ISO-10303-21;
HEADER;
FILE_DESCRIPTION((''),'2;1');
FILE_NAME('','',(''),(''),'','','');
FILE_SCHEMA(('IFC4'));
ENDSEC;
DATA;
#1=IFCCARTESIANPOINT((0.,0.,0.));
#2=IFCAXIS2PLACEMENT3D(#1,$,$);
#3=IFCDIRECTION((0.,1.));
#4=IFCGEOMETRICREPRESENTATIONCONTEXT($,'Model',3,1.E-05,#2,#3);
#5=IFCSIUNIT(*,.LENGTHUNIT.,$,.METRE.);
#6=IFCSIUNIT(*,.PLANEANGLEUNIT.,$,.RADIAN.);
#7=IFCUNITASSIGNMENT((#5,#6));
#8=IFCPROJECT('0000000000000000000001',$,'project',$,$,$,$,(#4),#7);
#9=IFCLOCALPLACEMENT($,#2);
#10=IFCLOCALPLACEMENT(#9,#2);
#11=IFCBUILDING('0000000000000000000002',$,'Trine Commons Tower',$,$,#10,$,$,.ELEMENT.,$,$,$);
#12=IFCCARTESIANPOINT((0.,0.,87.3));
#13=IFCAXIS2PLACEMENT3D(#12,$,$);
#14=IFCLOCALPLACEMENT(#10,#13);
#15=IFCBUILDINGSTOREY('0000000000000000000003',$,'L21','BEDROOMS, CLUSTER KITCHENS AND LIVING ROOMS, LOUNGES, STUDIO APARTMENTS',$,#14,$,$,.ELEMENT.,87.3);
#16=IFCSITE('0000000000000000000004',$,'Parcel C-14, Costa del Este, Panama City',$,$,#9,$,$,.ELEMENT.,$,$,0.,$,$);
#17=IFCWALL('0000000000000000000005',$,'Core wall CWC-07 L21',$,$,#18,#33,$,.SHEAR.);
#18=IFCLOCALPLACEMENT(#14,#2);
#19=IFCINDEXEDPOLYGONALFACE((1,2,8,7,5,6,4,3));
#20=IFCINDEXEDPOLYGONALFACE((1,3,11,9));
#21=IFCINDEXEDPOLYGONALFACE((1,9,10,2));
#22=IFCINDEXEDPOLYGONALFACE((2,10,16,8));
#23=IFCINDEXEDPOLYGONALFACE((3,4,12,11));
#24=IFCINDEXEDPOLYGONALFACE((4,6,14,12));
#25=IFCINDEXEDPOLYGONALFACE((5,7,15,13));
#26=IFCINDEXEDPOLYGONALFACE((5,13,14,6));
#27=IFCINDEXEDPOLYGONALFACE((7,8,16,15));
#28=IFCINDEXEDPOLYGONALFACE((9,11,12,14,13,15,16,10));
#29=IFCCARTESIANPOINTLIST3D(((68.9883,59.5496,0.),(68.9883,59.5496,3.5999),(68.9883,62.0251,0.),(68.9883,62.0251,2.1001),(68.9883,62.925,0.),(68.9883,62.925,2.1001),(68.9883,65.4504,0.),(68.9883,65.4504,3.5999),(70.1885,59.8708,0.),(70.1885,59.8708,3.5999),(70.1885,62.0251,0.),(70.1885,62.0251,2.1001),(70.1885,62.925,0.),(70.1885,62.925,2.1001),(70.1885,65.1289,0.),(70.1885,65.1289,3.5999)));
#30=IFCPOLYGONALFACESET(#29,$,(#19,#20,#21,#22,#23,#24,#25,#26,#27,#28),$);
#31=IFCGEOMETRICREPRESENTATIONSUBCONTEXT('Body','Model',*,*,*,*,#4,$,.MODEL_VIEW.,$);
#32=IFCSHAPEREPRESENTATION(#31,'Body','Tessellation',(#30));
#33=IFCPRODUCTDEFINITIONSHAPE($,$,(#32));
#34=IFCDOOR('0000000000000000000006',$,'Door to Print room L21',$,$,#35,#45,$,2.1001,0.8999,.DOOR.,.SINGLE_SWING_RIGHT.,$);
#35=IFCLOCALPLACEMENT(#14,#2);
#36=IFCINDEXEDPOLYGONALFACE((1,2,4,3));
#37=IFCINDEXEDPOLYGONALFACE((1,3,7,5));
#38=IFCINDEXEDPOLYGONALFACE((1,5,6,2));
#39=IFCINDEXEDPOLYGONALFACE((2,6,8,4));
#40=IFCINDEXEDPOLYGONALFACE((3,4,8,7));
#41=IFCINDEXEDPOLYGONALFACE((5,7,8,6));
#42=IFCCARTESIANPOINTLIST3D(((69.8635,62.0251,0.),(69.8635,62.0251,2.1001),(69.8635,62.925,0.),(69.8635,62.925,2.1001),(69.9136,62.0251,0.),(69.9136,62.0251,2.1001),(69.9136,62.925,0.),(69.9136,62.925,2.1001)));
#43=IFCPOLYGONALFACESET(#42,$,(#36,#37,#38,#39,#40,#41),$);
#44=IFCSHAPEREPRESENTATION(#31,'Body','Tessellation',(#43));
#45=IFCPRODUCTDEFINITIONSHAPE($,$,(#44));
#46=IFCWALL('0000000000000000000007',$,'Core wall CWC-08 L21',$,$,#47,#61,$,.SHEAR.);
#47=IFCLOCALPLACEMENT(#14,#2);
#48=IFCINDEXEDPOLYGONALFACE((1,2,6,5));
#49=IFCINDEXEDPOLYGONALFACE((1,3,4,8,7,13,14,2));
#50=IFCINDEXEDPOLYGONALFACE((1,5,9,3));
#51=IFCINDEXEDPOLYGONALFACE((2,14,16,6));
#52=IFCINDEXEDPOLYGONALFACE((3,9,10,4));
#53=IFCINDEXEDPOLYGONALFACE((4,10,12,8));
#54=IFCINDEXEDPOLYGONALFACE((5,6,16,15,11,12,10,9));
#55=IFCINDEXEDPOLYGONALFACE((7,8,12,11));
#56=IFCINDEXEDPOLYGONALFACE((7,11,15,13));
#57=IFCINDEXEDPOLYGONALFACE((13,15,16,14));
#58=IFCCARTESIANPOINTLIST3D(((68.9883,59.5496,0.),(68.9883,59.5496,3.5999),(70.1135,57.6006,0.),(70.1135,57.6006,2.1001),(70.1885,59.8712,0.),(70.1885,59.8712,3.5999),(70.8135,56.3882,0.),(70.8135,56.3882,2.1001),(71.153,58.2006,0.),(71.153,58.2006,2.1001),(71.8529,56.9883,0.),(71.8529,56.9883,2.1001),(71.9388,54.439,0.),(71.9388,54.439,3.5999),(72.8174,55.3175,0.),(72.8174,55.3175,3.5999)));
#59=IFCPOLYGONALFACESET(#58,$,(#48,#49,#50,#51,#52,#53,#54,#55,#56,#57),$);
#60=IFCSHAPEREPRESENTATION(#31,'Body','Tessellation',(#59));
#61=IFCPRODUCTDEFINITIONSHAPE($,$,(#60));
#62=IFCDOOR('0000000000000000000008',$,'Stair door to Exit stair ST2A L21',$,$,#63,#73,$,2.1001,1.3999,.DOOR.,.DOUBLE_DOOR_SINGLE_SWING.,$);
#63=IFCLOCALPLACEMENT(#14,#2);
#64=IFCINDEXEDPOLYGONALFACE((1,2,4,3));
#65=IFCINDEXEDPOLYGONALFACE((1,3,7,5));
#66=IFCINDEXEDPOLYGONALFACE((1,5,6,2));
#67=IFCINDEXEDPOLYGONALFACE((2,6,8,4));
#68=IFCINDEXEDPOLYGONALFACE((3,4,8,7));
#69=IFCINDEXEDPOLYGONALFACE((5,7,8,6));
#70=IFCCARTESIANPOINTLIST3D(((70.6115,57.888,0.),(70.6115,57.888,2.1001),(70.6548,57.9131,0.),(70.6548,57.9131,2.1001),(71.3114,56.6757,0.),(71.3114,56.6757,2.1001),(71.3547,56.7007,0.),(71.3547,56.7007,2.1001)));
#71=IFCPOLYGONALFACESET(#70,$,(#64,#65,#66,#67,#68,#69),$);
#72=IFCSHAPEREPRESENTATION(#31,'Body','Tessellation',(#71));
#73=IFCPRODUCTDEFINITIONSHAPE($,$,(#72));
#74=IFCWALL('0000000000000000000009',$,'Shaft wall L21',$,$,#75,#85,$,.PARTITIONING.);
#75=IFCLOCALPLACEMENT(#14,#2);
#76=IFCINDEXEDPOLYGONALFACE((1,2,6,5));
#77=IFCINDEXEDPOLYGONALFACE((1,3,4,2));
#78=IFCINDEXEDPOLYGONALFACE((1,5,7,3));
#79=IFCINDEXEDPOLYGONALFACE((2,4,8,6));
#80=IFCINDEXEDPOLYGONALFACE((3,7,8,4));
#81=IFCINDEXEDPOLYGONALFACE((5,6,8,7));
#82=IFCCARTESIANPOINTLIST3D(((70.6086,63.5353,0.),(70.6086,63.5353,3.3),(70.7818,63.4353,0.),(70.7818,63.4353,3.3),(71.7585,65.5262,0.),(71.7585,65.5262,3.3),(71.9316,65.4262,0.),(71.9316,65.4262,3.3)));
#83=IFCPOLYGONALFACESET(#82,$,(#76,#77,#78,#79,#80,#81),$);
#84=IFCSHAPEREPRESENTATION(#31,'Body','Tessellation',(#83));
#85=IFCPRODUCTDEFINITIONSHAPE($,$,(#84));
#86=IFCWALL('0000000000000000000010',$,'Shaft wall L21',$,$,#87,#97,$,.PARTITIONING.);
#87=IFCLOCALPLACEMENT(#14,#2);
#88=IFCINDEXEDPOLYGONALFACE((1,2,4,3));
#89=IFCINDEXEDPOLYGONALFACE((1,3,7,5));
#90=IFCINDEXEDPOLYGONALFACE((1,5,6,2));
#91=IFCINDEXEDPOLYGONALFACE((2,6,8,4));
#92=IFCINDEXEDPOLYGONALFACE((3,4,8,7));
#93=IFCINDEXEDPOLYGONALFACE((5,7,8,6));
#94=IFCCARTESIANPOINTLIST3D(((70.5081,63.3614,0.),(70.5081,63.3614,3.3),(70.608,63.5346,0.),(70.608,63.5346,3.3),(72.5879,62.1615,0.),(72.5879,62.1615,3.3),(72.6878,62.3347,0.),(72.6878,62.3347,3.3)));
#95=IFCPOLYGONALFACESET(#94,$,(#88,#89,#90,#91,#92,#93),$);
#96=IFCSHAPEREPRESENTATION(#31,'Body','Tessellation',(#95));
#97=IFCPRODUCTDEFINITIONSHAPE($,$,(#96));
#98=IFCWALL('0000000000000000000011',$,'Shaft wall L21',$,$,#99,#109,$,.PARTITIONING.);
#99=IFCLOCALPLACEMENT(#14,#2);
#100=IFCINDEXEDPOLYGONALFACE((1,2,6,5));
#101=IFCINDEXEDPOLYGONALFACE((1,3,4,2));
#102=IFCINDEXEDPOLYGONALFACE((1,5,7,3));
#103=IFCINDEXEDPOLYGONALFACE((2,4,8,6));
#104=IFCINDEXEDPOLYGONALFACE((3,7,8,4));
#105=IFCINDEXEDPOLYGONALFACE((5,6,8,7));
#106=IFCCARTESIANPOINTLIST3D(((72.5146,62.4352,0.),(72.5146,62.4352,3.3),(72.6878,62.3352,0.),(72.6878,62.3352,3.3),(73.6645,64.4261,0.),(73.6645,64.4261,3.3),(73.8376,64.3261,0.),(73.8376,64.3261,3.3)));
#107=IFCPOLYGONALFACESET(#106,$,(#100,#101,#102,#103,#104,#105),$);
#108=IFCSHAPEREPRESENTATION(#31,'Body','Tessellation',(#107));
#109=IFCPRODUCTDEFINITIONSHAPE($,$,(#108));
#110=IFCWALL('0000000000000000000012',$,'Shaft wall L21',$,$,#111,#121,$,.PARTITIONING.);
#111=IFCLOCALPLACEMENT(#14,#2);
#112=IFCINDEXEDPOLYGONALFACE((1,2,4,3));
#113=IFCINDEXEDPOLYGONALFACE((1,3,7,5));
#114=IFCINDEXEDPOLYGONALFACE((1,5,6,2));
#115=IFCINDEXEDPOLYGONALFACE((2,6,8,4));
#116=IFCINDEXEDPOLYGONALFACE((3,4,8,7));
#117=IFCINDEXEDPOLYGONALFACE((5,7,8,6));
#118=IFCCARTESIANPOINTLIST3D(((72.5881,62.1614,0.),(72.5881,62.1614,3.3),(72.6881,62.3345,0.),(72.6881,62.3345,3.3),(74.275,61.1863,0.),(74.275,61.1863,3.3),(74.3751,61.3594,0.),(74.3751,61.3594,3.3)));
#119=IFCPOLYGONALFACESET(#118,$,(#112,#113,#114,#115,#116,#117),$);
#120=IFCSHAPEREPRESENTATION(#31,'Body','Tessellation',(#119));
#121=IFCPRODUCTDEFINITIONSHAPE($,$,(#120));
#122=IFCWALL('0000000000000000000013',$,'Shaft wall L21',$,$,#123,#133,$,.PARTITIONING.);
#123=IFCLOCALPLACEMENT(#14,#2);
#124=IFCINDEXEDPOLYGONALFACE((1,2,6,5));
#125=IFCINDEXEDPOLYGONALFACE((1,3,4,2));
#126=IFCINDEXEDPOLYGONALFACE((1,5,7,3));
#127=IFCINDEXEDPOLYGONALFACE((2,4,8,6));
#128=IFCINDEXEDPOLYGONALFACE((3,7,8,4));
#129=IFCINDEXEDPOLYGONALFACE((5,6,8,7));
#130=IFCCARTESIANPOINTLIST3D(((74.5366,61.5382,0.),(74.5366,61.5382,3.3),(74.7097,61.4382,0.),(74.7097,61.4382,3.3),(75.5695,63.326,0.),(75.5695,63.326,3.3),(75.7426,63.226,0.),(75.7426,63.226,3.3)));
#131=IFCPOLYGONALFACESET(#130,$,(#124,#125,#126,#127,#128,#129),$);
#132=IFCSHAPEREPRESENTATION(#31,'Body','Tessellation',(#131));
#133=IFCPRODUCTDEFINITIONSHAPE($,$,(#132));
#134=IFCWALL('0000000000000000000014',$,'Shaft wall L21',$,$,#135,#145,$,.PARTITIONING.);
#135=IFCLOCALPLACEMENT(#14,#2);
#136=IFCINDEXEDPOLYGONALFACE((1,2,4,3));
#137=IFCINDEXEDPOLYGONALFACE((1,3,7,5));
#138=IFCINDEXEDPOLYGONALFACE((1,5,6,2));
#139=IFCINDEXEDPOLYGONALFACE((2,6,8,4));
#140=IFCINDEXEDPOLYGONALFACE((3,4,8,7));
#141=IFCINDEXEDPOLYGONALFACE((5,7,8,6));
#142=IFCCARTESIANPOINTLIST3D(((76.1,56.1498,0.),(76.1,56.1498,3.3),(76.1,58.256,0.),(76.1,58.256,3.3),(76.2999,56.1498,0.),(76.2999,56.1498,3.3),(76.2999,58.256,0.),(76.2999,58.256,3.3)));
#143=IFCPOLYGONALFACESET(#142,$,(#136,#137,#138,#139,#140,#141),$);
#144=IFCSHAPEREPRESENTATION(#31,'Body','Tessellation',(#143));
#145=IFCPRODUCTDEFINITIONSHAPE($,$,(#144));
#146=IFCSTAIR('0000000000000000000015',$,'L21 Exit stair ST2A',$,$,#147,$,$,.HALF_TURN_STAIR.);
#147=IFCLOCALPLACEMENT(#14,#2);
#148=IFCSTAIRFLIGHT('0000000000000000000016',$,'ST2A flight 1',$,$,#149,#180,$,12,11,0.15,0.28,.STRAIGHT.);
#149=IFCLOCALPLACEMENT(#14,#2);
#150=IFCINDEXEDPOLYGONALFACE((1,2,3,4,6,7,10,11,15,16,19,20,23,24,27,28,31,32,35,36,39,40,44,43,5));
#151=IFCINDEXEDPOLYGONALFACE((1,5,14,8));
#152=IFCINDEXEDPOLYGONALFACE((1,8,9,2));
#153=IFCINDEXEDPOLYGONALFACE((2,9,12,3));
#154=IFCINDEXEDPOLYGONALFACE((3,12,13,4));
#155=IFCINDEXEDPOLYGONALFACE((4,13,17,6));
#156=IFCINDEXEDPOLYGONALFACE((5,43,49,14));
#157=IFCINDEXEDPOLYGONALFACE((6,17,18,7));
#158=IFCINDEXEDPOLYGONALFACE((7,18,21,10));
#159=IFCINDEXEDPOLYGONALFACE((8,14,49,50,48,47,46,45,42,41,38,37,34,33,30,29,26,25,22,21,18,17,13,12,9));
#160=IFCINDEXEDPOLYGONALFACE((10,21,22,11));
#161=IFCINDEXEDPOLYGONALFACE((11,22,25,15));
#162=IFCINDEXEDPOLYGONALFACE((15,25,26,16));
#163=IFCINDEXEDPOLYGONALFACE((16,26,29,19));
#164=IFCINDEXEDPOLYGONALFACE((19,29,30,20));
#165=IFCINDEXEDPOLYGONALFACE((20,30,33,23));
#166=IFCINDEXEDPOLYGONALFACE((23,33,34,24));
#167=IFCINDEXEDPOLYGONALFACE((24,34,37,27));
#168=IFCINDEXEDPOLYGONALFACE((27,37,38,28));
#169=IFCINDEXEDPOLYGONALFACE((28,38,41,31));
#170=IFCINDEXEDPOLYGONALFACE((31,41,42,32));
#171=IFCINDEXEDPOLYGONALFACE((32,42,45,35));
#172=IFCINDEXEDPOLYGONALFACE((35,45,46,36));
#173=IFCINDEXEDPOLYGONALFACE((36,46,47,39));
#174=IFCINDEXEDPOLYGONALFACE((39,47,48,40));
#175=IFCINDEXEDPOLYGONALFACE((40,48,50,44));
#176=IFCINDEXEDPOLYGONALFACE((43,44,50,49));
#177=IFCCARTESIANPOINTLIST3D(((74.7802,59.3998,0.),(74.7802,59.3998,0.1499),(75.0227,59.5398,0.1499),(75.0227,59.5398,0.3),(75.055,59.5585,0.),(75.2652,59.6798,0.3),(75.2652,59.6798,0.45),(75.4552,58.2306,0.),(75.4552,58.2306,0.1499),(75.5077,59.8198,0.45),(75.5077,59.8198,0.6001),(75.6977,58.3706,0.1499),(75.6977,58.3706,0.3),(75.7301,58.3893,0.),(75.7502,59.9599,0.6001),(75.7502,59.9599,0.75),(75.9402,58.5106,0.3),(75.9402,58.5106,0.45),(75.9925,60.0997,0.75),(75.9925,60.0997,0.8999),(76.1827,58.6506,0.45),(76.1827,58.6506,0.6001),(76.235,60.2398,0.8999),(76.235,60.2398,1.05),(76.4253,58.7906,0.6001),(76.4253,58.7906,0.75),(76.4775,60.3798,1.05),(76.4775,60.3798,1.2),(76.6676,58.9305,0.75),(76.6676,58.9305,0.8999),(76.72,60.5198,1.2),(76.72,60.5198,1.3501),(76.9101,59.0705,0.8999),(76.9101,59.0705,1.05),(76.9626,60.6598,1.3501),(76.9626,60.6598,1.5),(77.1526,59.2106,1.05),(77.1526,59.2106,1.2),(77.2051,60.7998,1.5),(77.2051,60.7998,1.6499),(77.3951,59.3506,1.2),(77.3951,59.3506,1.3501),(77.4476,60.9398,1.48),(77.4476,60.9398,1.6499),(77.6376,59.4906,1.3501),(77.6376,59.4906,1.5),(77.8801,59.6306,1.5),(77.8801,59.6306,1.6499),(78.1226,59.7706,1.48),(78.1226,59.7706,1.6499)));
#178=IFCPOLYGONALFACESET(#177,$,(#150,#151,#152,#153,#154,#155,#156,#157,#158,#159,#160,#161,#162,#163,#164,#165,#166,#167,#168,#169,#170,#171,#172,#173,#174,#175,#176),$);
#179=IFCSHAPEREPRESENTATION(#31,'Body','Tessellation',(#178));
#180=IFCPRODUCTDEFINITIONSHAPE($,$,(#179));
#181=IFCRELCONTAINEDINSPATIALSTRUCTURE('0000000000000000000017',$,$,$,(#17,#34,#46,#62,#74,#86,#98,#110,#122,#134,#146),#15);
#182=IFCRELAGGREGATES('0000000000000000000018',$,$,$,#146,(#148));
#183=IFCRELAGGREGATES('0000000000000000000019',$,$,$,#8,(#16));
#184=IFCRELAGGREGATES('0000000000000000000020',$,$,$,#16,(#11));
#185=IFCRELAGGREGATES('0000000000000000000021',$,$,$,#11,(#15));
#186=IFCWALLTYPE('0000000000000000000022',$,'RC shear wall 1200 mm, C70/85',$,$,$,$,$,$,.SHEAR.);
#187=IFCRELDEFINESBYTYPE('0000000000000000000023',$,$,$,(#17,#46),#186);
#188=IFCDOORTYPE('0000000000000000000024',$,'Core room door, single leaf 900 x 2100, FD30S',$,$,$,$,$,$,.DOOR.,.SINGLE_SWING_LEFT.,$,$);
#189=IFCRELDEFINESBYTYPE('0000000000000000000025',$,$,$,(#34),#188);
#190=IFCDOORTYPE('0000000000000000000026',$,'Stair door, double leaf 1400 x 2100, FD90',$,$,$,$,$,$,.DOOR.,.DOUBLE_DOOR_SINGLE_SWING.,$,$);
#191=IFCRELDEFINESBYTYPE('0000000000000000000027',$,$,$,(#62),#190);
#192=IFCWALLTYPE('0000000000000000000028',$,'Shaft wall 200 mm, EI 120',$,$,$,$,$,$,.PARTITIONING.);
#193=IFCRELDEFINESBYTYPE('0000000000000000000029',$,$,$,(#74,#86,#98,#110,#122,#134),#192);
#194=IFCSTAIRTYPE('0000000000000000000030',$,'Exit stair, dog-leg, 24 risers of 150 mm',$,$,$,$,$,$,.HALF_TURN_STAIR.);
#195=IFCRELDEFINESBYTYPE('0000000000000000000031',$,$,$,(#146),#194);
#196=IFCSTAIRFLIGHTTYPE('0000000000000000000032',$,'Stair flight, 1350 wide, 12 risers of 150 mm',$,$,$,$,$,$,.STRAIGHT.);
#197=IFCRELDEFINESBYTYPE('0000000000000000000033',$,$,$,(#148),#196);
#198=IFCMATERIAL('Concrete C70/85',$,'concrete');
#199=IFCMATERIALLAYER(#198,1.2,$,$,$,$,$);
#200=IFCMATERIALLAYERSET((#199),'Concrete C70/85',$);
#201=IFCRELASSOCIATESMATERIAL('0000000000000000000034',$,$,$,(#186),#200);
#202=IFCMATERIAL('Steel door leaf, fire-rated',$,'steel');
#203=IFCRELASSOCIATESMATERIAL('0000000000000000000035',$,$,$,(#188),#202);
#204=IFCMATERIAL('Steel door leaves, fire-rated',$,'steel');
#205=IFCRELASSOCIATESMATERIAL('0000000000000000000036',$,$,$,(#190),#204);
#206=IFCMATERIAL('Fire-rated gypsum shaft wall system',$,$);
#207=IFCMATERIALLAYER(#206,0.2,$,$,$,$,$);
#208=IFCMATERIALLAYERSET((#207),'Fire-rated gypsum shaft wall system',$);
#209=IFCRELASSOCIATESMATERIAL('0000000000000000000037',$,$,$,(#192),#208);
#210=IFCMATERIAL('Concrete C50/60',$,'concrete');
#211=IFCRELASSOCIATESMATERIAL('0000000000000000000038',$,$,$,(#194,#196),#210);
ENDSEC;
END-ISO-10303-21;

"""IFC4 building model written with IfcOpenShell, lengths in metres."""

from ifc_helpers import new_model, si_unit, direction, frame, frame_2d, origin, place, context, subcontext, project, spatial, polyline, rectangle, outline, extrude, material, layer, layer_set, type_object, element, fill, aggregate, save


model = new_model("IFC4")

# Units and contexts
model_context = context("Model", 3, precision=1e-05, world=origin(), true_north=direction((0.0, 1.0)))
body_context = subcontext(model_context, "Body", "Model", "MODEL_VIEW")
ifc_project = project(units=[si_unit("LENGTHUNIT", "METRE"), si_unit("PLANEANGLEUNIT", "RADIAN")], contexts=[model_context])

# Site, building, storey
site_placement = place(None, origin())
site = spatial("IfcSite", under=ifc_project, at=site_placement, Name="Parcel C-14, Costa del Este, Panama City", CompositionType="ELEMENT", RefElevation=0.0)
building_placement = place(site_placement, origin())
building = spatial("IfcBuilding", under=site, at=building_placement, Name="Trine Commons Tower", CompositionType="ELEMENT")
storey_placement = place(building_placement, frame((0.0, 0.0, 87.3)))
storey = spatial("IfcBuildingStorey", under=building, at=storey_placement, Name="L21", Description="BEDROOMS, CLUSTER KITCHENS AND LIVING ROOMS, LOUNGES, STUDIO APARTMENTS", CompositionType="ELEMENT", Elevation=87.3)

# Walls, openings, doors
ifc_material_1 = material(Name="Concrete C70/85", Category="concrete")
ifc_layer_1 = layer(ifc_material_1, 1.2)
ifc_layer_set_1 = layer_set([ifc_layer_1], Name="Concrete C70/85")
wall_type_1 = type_object("IfcWallType", Name="RC shear wall 1200 mm, C70/85", PredefinedType="SHEAR", material=ifc_layer_set_1)
wall_1_placement = place(storey_placement, frame((69.5884, 65.4504, 0.0), z_axis=(0.0, 0.0, 1.0), x_axis=(0.0, -1.0, 0.0)))
wall_1 = element("IfcWall", 1, at=wall_1_placement, inside=storey, type_object=wall_type_1, Name="Core wall CWC-07 L21", PredefinedType="SHEAR", context=body_context, shape_type="SweptSolid", body=[
    extrude(outline(polyline([(0.0, -0.6001), (5.9009, -0.6001), (5.5796, 0.6001), (0.3215, 0.6001), (0.0, -0.6001)])), origin(), (0.0, 0.0, 1.0), 3.5999),
])
opening_1_placement = place(wall_1_placement, frame((2.5254, 0.0, 0.0)))
opening_1 = element("IfcOpeningElement", 2, at=opening_1_placement, cuts=wall_1, PredefinedType="OPENING", context=body_context, shape_type="SweptSolid", body=[
    extrude(rectangle(XDim=0.8999, YDim=2.1001, at=frame_2d((0.45, 1.05))), frame((0.0, 0.6099, 0.0), z_axis=(0.0, -1.0, 0.0), x_axis=(1.0, 0.0, 0.0)), (0.0, 0.0, 1.0), 1.22),
])
ifc_material_2 = material(Name="Steel door leaf, fire-rated", Category="steel")
door_type_1 = type_object("IfcDoorType", Name="Core room door, single leaf 900 x 2100, FD30S", OperationType="SINGLE_SWING_LEFT", PredefinedType="DOOR", material=ifc_material_2)
door_1_placement = place(opening_1_placement, origin())
door_1 = element("IfcDoor", 3, at=door_1_placement, inside=storey, type_object=door_type_1, Name="Door to Print room L21", OperationType="SINGLE_SWING_RIGHT", OverallHeight=2.1001, OverallWidth=0.8999, PredefinedType="DOOR", context=body_context, shape_type="SweptSolid", body=[
    extrude(rectangle(XDim=0.8999, YDim=2.1001, at=frame_2d((0.45, 1.05))), frame((0.0, 0.3252, 0.0), z_axis=(0.0, -1.0, 0.0), x_axis=(1.0, 0.0, 0.0)), (0.0, 0.0, 1.0), 0.05),
])
fill(opening_1, door_1)
wall_2_placement = place(storey_placement, frame((69.5081, 59.8496, 0.0), z_axis=(0.0, 0.0, 1.0), x_axis=(0.499979, -0.866037, 0.0)))
wall_2 = element("IfcWall", 4, at=wall_2_placement, inside=storey, type_object=wall_type_1, Name="Core wall CWC-08 L21", PredefinedType="SHEAR", context=body_context, shape_type="SweptSolid", body=[
    extrude(outline(polyline([(0.0, -0.6001), (5.9011, -0.6001), (5.5796, 0.6001), (0.3215, 0.6001), (0.0, -0.6001)])), origin(), (0.0, 0.0, 1.0), 3.5999),
])
opening_2_placement = place(wall_2_placement, frame((2.2505, 0.0, 0.0)))
opening_2 = element("IfcOpeningElement", 5, at=opening_2_placement, cuts=wall_2, PredefinedType="OPENING", context=body_context, shape_type="SweptSolid", body=[
    extrude(rectangle(XDim=1.3999, YDim=2.1001, at=frame_2d((0.7, 1.05))), frame((0.0, 0.6099, 0.0), z_axis=(0.0, -1.0, 0.0), x_axis=(1.0, 0.0, 0.0)), (0.0, 0.0, 1.0), 1.22),
])
ifc_material_3 = material(Name="Steel door leaves, fire-rated", Category="steel")
door_type_2 = type_object("IfcDoorType", Name="Stair door, double leaf 1400 x 2100, FD90", OperationType="DOUBLE_DOOR_SINGLE_SWING", PredefinedType="DOOR", material=ifc_material_3)
door_2_placement = place(opening_2_placement, origin())
door_2 = element("IfcDoor", 6, at=door_2_placement, inside=storey, type_object=door_type_2, Name="Stair door to Exit stair ST2A L21", OperationType="DOUBLE_DOOR_SINGLE_SWING", OverallHeight=2.1001, OverallWidth=1.3999, PredefinedType="DOOR", context=body_context, shape_type="SweptSolid", body=[
    extrude(rectangle(XDim=1.3999, YDim=2.1001, at=frame_2d((0.7, 1.05))), frame((0.0, 0.0249, 0.0), z_axis=(0.0, -1.0, 0.0), x_axis=(1.0, 0.0, 0.0)), (0.0, 0.0, 1.0), 0.05),
])
fill(opening_2, door_2)

# Walls
ifc_material_4 = material(Name="Fire-rated gypsum shaft wall system")
ifc_layer_2 = layer(ifc_material_4, 0.2)
ifc_layer_set_2 = layer_set([ifc_layer_2], Name="Fire-rated gypsum shaft wall system")
wall_type_2 = type_object("IfcWallType", Name="Shaft wall 200 mm, EI 120", PredefinedType="PARTITIONING", material=ifc_layer_set_2)
wall_3_placement = place(storey_placement, frame((71.845, 65.4761, 0.0), z_axis=(0.0, 0.0, 1.0), x_axis=(-0.500136, -0.865947, 0.0)))
element("IfcWall", 7, at=wall_3_placement, inside=storey, type_object=wall_type_2, Name="Shaft wall L21", PredefinedType="PARTITIONING", context=body_context, shape_type="SweptSolid", body=[
    extrude(rectangle(XDim=2.2991, YDim=0.2, at=frame_2d((1.1494, 0.0))), origin(), (0.0, 0.0, 1.0), 3.3),
])
wall_4_placement = place(storey_placement, frame((72.6379, 62.248, 0.0), z_axis=(0.0, 0.0, 1.0), x_axis=(-0.866177, 0.499737, 0.0)))
element("IfcWall", 8, at=wall_4_placement, inside=storey, type_object=wall_type_2, Name="Shaft wall L21", PredefinedType="PARTITIONING", context=body_context, shape_type="SweptSolid", body=[
    extrude(rectangle(XDim=2.4011, YDim=0.2, at=frame_2d((1.2007, 0.0))), origin(), (0.0, 0.0, 1.0), 3.3),
])
wall_5_placement = place(storey_placement, frame((73.751, 64.376, 0.0), z_axis=(0.0, 0.0, 1.0), x_axis=(-0.500136, -0.865947, 0.0)))
element("IfcWall", 9, at=wall_5_placement, inside=storey, type_object=wall_type_2, Name="Shaft wall L21", PredefinedType="PARTITIONING", context=body_context, shape_type="SweptSolid", body=[
    extrude(rectangle(XDim=2.2991, YDim=0.2, at=frame_2d((1.1494, 0.0))), origin(), (0.0, 0.0, 1.0), 3.3),
])
wall_6_placement = place(storey_placement, frame((74.325, 61.2729, 0.0), z_axis=(0.0, 0.0, 1.0), x_axis=(-0.865781, 0.500424, 0.0)))
element("IfcWall", 10, at=wall_6_placement, inside=storey, type_object=wall_type_2, Name="Shaft wall L21", PredefinedType="PARTITIONING", context=body_context, shape_type="SweptSolid", body=[
    extrude(rectangle(XDim=1.9485, YDim=0.2, at=frame_2d((0.9741, 0.0))), origin(), (0.0, 0.0, 1.0), 3.3),
])
wall_7_placement = place(storey_placement, frame((75.656, 63.2759, 0.0), z_axis=(0.0, 0.0, 1.0), x_axis=(-0.500272, -0.865868, 0.0)))
element("IfcWall", 11, at=wall_7_placement, inside=storey, type_object=wall_type_2, Name="Shaft wall L21", PredefinedType="PARTITIONING", context=body_context, shape_type="SweptSolid", body=[
    extrude(rectangle(XDim=2.0647, YDim=0.2, at=frame_2d((1.0322, 0.0))), origin(), (0.0, 0.0, 1.0), 3.3),
])
wall_8_placement = place(storey_placement, frame((76.2, 58.2561, 0.0), z_axis=(0.0, 0.0, 1.0), x_axis=(0.0, -1.0, 0.0)))
element("IfcWall", 12, at=wall_8_placement, inside=storey, type_object=wall_type_2, Name="Shaft wall L21", PredefinedType="PARTITIONING", context=body_context, shape_type="SweptSolid", body=[
    extrude(rectangle(XDim=2.1062, YDim=0.2, at=frame_2d((1.0532, 0.0))), origin(), (0.0, 0.0, 1.0), 3.3),
])

# Stair, stair flight
ifc_material_5 = material(Name="Concrete C50/60", Category="concrete")
stair_type = type_object("IfcStairType", Name="Exit stair, dog-leg, 24 risers of 150 mm", PredefinedType="HALF_TURN_STAIR", material=ifc_material_5)
stair_placement = place(storey_placement, origin())
stair = element("IfcStair", 13, at=stair_placement, inside=storey, type_object=stair_type, Name="L21 Exit stair ST2A", PredefinedType="HALF_TURN_STAIR")
stair_flight_type = type_object("IfcStairFlightType", Name="Stair flight, 1350 wide, 12 risers of 150 mm", PredefinedType="STRAIGHT", material=ifc_material_5)
stair_flight_placement = place(storey_placement, frame((75.1177, 58.8152, 0.0), z_axis=(0.0, 0.0, 1.0), x_axis=(0.866025, 0.5, 0.0)))
stair_flight = element("IfcStairFlight", 14, at=stair_flight_placement, type_object=stair_flight_type, Name="ST2A flight 1", NumberOfRisers=12, NumberOfTreads=11, PredefinedType="STRAIGHT", RiserHeight=0.15, TreadLength=0.28, context=body_context, shape_type="SweptSolid", body=[
    extrude(outline(polyline([(0.0, 0.0), (0.0, 0.1499), (0.28, 0.1499), (0.28, 0.3), (0.5601, 0.3), (0.5601, 0.45), (0.8401, 0.45), (0.8401, 0.6001), (1.1201, 0.6001), (1.1201, 0.75), (1.3999, 0.75), (1.3999, 0.8999), (1.6799, 0.8999), (1.6799, 1.05), (1.96, 1.05), (1.96, 1.2), (2.24, 1.2), (2.24, 1.3501), (2.52, 1.3501), (2.52, 1.5), (2.8, 1.5), (2.8, 1.6499), (3.0801, 1.6499), (3.0801, 1.8), (3.0801, 1.48), (0.3174, 0.0), (0.0, 0.0)])), frame((0.0, 0.675, 0.0), z_axis=(0.0, -1.0, 0.0), x_axis=(1.0, 0.0, 0.0)), (0.0, 0.0, 1.0), 1.3501),
])
aggregate(stair, [stair_flight])

save(model, "model.ifc")
